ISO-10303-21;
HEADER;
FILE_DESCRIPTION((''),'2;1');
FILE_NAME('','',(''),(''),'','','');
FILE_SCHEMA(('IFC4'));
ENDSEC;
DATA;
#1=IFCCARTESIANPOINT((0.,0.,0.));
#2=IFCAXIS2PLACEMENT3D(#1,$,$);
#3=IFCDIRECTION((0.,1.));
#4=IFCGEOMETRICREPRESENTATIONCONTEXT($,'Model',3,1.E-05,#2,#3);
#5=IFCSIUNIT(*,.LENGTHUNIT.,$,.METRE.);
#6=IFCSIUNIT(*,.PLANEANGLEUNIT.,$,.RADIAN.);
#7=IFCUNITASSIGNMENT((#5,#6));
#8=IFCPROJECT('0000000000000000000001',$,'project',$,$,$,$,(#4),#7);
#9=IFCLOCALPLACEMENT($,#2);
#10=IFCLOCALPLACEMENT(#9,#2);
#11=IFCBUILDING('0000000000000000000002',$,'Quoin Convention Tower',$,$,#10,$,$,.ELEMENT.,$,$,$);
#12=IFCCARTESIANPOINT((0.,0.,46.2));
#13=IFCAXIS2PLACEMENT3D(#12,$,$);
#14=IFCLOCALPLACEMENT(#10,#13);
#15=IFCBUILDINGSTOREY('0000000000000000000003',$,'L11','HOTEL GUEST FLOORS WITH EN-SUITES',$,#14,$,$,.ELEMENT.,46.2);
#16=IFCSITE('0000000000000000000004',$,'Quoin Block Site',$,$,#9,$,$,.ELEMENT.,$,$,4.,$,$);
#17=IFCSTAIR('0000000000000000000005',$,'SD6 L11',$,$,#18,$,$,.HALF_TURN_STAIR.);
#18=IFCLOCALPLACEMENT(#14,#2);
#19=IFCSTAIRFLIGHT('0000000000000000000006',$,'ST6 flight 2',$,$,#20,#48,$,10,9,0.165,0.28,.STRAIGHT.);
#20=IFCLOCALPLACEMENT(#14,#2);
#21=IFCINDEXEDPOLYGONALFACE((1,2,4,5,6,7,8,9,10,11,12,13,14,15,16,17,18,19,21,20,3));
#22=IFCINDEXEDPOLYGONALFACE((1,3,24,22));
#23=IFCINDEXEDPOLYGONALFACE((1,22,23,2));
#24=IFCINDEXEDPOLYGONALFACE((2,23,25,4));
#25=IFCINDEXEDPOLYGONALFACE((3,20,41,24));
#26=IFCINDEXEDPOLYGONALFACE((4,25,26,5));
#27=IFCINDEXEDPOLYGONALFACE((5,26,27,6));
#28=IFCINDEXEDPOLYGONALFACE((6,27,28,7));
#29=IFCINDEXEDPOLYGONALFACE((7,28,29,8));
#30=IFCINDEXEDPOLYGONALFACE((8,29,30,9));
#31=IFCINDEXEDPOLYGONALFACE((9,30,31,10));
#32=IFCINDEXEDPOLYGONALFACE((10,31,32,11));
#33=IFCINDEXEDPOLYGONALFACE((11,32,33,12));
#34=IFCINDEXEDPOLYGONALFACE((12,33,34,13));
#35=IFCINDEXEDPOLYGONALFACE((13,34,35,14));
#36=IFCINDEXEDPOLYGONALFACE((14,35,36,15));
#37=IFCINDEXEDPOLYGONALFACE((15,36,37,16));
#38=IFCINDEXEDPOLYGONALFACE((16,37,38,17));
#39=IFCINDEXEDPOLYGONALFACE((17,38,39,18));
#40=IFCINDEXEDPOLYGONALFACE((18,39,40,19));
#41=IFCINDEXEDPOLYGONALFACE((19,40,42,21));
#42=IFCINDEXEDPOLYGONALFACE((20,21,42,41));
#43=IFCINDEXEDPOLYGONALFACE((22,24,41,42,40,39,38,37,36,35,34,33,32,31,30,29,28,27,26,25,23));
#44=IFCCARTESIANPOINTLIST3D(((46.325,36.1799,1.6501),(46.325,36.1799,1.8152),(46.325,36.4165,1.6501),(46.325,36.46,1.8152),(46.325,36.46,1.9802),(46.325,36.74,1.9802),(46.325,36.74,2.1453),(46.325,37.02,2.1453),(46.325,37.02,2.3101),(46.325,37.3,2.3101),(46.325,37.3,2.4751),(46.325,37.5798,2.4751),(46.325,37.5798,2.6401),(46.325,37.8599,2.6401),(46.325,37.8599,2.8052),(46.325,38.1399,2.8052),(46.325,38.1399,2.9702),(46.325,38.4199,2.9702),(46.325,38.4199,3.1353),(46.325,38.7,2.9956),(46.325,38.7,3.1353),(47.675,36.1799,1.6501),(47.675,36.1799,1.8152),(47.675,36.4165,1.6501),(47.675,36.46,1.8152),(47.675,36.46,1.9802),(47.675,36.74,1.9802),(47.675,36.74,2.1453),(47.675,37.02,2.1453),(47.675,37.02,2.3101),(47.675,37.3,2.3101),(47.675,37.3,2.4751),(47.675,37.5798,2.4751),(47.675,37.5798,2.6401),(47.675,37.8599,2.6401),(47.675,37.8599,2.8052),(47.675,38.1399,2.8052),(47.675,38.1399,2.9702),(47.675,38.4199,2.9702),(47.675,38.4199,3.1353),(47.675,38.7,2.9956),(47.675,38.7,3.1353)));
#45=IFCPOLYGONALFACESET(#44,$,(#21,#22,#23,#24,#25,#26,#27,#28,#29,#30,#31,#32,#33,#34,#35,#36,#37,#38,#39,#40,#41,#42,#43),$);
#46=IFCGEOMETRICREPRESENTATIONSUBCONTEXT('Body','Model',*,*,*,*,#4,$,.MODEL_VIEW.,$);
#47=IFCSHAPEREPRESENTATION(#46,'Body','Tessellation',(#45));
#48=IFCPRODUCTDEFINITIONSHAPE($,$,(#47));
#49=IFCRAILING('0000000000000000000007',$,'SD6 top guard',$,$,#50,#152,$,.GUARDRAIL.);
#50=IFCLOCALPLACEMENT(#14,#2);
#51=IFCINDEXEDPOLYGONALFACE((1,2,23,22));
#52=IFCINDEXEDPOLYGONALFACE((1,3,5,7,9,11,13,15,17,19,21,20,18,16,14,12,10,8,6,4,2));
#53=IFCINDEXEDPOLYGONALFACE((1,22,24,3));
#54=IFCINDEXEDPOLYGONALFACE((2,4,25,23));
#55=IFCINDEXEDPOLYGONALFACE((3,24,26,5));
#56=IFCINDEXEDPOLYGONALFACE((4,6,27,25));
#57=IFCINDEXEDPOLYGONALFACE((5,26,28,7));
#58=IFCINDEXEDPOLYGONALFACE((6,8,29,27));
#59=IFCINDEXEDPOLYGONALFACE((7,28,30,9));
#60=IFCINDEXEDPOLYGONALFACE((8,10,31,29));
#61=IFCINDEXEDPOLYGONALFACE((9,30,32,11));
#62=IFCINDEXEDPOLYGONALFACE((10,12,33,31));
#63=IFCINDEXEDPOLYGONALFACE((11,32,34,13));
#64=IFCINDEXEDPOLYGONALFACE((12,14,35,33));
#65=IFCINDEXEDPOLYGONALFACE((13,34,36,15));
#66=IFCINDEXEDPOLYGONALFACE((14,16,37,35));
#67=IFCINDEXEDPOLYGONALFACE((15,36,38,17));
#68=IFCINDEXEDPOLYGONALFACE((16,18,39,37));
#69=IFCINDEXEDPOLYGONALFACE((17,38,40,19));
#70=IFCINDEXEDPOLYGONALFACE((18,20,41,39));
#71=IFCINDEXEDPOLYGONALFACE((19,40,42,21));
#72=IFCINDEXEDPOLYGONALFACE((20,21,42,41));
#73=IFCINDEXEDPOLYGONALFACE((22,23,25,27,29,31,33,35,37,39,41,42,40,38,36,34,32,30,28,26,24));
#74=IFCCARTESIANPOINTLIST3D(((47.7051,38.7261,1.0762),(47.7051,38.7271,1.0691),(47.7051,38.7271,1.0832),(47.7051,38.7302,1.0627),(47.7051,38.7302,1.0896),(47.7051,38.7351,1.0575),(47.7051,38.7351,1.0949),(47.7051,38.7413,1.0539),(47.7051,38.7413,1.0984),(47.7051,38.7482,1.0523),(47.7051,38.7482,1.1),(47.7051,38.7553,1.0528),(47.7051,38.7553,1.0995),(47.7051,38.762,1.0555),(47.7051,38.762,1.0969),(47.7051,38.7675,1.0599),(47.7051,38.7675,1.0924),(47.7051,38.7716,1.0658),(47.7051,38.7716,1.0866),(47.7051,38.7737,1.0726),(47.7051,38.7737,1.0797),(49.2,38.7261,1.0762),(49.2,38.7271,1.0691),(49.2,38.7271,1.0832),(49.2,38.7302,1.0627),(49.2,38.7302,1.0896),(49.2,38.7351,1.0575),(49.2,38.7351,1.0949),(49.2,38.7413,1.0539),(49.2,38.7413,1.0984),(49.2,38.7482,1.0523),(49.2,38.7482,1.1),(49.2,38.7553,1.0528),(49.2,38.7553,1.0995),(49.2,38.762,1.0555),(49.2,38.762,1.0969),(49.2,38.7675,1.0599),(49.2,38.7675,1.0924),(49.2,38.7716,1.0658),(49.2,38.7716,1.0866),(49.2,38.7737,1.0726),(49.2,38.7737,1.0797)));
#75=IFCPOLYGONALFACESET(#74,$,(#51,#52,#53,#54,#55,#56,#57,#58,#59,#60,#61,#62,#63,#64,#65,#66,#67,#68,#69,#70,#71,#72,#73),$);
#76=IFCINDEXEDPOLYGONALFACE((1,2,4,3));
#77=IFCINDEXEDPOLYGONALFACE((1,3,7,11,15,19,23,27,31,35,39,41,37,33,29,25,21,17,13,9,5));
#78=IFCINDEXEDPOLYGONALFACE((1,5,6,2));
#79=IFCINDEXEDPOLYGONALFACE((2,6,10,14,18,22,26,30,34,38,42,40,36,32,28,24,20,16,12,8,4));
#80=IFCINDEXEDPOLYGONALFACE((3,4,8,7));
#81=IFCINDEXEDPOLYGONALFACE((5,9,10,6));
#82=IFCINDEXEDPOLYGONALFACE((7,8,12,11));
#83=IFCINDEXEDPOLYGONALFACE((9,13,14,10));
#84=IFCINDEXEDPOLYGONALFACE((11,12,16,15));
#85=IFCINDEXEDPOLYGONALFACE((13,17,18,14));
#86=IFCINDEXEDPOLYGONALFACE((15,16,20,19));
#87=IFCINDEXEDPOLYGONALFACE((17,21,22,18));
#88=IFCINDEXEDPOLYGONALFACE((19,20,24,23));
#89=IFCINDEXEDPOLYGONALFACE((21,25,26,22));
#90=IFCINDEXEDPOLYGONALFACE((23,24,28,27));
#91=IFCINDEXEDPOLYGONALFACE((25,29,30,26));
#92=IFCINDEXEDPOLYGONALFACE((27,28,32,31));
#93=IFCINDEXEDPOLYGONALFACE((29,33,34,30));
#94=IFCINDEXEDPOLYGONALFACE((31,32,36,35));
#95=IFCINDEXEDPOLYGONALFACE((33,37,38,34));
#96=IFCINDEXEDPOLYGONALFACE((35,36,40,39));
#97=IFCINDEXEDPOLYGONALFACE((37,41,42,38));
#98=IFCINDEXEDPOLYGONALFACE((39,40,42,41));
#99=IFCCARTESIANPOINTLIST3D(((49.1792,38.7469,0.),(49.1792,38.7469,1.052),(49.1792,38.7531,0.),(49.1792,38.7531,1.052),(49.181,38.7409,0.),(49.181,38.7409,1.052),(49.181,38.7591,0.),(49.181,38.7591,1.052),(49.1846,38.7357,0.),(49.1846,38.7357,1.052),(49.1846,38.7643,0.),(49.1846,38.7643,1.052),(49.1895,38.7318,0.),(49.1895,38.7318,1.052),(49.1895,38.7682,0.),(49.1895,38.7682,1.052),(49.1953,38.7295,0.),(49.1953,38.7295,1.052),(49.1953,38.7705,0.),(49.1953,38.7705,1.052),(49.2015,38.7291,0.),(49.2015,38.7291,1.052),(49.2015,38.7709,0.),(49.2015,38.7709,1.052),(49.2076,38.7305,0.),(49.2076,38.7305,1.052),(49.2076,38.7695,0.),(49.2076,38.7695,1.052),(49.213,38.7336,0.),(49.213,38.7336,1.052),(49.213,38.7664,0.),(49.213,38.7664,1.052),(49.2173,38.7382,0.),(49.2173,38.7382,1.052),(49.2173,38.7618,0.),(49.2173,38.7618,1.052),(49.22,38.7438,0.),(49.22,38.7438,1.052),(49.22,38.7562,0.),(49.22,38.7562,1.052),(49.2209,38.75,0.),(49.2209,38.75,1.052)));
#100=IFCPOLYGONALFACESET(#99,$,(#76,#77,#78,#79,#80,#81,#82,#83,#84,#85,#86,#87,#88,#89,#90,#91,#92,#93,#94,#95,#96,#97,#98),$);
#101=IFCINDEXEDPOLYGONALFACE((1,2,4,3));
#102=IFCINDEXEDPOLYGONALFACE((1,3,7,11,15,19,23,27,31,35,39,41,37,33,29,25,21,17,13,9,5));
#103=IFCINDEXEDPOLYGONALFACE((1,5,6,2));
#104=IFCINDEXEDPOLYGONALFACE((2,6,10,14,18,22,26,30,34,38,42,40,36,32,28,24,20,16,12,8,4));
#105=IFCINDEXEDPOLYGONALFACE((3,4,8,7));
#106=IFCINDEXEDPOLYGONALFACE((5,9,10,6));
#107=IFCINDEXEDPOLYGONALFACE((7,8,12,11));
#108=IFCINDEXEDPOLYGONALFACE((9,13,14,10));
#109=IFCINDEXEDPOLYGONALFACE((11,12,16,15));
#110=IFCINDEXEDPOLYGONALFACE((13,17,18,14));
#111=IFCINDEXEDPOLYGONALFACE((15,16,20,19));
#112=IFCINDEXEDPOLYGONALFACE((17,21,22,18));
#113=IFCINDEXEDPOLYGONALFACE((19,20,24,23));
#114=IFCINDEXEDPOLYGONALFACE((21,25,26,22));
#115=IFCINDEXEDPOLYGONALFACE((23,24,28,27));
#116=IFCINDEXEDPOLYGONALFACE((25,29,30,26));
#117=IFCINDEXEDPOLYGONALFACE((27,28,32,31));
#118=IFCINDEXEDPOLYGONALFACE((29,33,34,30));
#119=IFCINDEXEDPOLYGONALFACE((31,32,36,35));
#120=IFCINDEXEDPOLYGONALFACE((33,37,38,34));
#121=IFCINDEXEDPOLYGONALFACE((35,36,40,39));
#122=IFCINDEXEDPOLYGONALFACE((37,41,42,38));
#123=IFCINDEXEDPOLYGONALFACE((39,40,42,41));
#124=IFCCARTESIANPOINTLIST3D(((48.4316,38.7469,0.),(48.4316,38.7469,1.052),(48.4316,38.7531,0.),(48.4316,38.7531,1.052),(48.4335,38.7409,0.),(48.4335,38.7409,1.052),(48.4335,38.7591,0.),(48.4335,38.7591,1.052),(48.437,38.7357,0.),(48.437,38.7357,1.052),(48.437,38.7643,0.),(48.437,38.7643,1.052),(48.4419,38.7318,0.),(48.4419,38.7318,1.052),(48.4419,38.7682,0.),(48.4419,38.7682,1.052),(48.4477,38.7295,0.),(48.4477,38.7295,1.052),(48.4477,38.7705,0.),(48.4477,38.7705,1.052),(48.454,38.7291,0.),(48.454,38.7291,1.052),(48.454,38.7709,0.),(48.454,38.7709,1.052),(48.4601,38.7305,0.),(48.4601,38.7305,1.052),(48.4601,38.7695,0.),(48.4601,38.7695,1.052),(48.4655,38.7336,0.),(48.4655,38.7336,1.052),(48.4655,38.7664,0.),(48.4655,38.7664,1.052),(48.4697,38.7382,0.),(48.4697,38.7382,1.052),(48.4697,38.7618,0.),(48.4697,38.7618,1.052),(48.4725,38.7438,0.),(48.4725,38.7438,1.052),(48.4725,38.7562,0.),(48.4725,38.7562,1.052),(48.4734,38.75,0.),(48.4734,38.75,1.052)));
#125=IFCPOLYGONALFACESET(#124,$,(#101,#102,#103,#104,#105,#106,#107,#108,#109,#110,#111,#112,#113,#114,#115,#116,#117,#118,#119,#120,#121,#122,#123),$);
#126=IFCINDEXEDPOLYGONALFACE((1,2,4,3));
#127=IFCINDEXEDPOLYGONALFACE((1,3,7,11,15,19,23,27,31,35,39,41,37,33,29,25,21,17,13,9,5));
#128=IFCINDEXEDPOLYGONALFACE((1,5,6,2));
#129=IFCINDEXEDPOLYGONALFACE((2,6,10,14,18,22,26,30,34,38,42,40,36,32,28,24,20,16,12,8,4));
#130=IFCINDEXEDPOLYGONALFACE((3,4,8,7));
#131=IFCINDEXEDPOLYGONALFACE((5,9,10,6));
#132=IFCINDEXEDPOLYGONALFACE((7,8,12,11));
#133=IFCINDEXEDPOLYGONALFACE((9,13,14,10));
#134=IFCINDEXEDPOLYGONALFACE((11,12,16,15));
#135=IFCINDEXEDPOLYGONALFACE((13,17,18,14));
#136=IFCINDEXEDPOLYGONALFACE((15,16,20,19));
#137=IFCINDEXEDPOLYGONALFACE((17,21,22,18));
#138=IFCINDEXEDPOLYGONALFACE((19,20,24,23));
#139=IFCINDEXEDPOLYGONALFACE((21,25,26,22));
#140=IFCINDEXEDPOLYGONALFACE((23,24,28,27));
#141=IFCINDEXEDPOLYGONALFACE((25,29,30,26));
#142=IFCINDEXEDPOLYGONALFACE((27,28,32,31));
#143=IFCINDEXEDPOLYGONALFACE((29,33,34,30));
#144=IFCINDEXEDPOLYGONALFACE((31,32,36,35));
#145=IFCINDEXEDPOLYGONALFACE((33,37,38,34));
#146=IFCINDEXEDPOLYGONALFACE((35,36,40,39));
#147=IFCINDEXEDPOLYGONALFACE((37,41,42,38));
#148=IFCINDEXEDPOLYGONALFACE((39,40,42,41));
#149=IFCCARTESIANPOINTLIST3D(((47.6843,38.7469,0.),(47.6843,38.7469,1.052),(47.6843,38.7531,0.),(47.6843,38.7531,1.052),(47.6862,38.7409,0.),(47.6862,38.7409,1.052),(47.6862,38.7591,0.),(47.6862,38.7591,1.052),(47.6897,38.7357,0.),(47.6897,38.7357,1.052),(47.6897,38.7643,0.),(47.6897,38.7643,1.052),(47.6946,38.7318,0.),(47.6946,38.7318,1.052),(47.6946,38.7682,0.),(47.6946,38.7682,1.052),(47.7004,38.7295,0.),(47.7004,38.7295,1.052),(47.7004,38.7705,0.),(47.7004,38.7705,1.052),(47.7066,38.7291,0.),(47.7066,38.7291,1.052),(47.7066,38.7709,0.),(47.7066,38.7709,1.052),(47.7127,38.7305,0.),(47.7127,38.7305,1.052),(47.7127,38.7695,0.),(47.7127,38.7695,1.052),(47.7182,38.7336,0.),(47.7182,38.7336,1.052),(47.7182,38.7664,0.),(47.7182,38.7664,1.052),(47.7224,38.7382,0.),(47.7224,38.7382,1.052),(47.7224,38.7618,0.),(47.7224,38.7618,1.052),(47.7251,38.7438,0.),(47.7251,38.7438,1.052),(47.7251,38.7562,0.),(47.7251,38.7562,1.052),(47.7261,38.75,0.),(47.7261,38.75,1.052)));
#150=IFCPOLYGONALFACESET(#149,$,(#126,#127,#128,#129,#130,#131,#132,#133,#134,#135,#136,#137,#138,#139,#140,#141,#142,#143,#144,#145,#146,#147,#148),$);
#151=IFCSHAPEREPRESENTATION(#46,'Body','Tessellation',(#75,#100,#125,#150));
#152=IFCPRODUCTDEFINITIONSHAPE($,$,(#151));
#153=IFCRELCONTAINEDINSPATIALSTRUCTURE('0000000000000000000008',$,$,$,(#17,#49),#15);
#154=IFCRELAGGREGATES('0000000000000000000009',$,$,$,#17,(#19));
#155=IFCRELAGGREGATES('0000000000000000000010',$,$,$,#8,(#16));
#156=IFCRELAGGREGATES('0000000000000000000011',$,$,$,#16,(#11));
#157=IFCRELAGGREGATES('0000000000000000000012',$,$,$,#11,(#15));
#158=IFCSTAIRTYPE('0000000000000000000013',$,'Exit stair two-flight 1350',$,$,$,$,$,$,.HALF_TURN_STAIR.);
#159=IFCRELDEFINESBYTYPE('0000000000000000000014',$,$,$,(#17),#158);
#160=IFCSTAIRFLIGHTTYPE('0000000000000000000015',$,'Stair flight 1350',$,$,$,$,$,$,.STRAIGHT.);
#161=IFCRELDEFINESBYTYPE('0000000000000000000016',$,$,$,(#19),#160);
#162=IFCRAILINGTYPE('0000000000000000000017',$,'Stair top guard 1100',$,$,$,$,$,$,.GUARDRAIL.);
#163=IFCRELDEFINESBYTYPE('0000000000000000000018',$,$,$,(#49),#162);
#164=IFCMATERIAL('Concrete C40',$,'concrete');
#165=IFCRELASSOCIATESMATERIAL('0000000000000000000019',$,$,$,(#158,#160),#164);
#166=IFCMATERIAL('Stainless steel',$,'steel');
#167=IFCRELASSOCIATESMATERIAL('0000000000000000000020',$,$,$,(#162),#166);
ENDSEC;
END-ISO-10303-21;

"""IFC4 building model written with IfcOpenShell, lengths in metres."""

from ifc_helpers import new_model, si_unit, direction, frame, origin, origin_2d, place, context, subcontext, project, spatial, polyline, circle, outline, extrude, material, type_object, element, aggregate, save


model = new_model("IFC4")

# Units and contexts
model_context = context("Model", 3, precision=1e-05, world=origin(), true_north=direction((0.0, 1.0)))
body_context = subcontext(model_context, "Body", "Model", "MODEL_VIEW")
ifc_project = project(units=[si_unit("LENGTHUNIT", "METRE"), si_unit("PLANEANGLEUNIT", "RADIAN")], contexts=[model_context])

# Site, building, storey
site_placement = place(None, origin())
site = spatial("IfcSite", under=ifc_project, at=site_placement, Name="Quoin Block Site", CompositionType="ELEMENT", RefElevation=4.0)
building_placement = place(site_placement, origin())
building = spatial("IfcBuilding", under=site, at=building_placement, Name="Quoin Convention Tower", CompositionType="ELEMENT")
storey_placement = place(building_placement, frame((0.0, 0.0, 46.2)))
storey = spatial("IfcBuildingStorey", under=building, at=storey_placement, Name="L11", Description="HOTEL GUEST FLOORS WITH EN-SUITES", CompositionType="ELEMENT", Elevation=46.2)

# Shared definitions
ifc_material_1 = material(Name="Concrete C40", Category="concrete")
stair_type = type_object("IfcStairType", Name="Exit stair two-flight 1350", PredefinedType="HALF_TURN_STAIR", material=ifc_material_1)
stair_flight_type = type_object("IfcStairFlightType", Name="Stair flight 1350", PredefinedType="STRAIGHT", material=ifc_material_1)

# Stair, stair flight
stair_1_placement = place(storey_placement, origin())
stair_1 = element("IfcStair", 1, at=stair_1_placement, inside=storey, type_object=stair_type, Name="SD6 L11", PredefinedType="HALF_TURN_STAIR")
stair_flight_1_placement = place(storey_placement, frame((47.0, 36.1799, 1.6501), z_axis=(0.0, 0.0, 1.0), x_axis=(0.0, 1.0, 0.0)))
stair_flight_1 = element("IfcStairFlight", 2, at=stair_flight_1_placement, type_object=stair_flight_type, Name="ST6 flight 2", NumberOfRisers=10, NumberOfTreads=9, PredefinedType="STRAIGHT", RiserHeight=0.165, TreadLength=0.28, context=body_context, shape_type="SweptSolid", body=[
    extrude(outline(polyline([(0.0, 0.0), (0.0, 0.165), (0.28, 0.165), (0.28, 0.3301), (0.5601, 0.3301), (0.5601, 0.4951), (0.8401, 0.4951), (0.8401, 0.6599), (1.1201, 0.6599), (1.1201, 0.825), (1.3999, 0.825), (1.3999, 0.99), (1.6799, 0.99), (1.6799, 1.155), (1.96, 1.155), (1.96, 1.3201), (2.24, 1.3201), (2.24, 1.4851), (2.52, 1.4851), (2.52, 1.6499), (2.52, 1.3455), (0.2366, 0.0), (0.0, 0.0)])), frame((0.0, 0.675, 0.0), z_axis=(0.0, -1.0, 0.0), x_axis=(1.0, 0.0, 0.0)), (0.0, 0.0, 1.0), 1.3501),
])
aggregate(stair_1, [stair_flight_1])

# Railing
ifc_material_2 = material(Name="Stainless steel", Category="steel")
railing_type_1 = type_object("IfcRailingType", Name="Stair top guard 1100", PredefinedType="GUARDRAIL", material=ifc_material_2)
railing_1_placement = place(storey_placement, frame((49.2, 38.75, 0.0)))
element("IfcRailing", 3, at=railing_1_placement, inside=storey, type_object=railing_type_1, Name="SD6 top guard", PredefinedType="GUARDRAIL", context=body_context, shape_type="SweptSolid", body=[
    extrude(circle(Radius=0.0239, at=origin_2d()), frame((0.0, 0.0, 1.0762), z_axis=(-1.0, 0.0, 0.0), x_axis=(0.0, -1.0, 0.0)), (0.0, 0.0, 1.0), 1.4949),
    extrude(circle(Radius=0.021, at=origin_2d()), origin(), (0.0, 0.0, 1.0), 1.052),
    extrude(circle(Radius=0.021, at=origin_2d()), frame((-0.7476, 0.0, 0.0)), (0.0, 0.0, 1.0), 1.052),
    extrude(circle(Radius=0.021, at=origin_2d()), frame((-1.4949, 0.0, 0.0)), (0.0, 0.0, 1.0), 1.052),
])

save(model, "model.ifc")
